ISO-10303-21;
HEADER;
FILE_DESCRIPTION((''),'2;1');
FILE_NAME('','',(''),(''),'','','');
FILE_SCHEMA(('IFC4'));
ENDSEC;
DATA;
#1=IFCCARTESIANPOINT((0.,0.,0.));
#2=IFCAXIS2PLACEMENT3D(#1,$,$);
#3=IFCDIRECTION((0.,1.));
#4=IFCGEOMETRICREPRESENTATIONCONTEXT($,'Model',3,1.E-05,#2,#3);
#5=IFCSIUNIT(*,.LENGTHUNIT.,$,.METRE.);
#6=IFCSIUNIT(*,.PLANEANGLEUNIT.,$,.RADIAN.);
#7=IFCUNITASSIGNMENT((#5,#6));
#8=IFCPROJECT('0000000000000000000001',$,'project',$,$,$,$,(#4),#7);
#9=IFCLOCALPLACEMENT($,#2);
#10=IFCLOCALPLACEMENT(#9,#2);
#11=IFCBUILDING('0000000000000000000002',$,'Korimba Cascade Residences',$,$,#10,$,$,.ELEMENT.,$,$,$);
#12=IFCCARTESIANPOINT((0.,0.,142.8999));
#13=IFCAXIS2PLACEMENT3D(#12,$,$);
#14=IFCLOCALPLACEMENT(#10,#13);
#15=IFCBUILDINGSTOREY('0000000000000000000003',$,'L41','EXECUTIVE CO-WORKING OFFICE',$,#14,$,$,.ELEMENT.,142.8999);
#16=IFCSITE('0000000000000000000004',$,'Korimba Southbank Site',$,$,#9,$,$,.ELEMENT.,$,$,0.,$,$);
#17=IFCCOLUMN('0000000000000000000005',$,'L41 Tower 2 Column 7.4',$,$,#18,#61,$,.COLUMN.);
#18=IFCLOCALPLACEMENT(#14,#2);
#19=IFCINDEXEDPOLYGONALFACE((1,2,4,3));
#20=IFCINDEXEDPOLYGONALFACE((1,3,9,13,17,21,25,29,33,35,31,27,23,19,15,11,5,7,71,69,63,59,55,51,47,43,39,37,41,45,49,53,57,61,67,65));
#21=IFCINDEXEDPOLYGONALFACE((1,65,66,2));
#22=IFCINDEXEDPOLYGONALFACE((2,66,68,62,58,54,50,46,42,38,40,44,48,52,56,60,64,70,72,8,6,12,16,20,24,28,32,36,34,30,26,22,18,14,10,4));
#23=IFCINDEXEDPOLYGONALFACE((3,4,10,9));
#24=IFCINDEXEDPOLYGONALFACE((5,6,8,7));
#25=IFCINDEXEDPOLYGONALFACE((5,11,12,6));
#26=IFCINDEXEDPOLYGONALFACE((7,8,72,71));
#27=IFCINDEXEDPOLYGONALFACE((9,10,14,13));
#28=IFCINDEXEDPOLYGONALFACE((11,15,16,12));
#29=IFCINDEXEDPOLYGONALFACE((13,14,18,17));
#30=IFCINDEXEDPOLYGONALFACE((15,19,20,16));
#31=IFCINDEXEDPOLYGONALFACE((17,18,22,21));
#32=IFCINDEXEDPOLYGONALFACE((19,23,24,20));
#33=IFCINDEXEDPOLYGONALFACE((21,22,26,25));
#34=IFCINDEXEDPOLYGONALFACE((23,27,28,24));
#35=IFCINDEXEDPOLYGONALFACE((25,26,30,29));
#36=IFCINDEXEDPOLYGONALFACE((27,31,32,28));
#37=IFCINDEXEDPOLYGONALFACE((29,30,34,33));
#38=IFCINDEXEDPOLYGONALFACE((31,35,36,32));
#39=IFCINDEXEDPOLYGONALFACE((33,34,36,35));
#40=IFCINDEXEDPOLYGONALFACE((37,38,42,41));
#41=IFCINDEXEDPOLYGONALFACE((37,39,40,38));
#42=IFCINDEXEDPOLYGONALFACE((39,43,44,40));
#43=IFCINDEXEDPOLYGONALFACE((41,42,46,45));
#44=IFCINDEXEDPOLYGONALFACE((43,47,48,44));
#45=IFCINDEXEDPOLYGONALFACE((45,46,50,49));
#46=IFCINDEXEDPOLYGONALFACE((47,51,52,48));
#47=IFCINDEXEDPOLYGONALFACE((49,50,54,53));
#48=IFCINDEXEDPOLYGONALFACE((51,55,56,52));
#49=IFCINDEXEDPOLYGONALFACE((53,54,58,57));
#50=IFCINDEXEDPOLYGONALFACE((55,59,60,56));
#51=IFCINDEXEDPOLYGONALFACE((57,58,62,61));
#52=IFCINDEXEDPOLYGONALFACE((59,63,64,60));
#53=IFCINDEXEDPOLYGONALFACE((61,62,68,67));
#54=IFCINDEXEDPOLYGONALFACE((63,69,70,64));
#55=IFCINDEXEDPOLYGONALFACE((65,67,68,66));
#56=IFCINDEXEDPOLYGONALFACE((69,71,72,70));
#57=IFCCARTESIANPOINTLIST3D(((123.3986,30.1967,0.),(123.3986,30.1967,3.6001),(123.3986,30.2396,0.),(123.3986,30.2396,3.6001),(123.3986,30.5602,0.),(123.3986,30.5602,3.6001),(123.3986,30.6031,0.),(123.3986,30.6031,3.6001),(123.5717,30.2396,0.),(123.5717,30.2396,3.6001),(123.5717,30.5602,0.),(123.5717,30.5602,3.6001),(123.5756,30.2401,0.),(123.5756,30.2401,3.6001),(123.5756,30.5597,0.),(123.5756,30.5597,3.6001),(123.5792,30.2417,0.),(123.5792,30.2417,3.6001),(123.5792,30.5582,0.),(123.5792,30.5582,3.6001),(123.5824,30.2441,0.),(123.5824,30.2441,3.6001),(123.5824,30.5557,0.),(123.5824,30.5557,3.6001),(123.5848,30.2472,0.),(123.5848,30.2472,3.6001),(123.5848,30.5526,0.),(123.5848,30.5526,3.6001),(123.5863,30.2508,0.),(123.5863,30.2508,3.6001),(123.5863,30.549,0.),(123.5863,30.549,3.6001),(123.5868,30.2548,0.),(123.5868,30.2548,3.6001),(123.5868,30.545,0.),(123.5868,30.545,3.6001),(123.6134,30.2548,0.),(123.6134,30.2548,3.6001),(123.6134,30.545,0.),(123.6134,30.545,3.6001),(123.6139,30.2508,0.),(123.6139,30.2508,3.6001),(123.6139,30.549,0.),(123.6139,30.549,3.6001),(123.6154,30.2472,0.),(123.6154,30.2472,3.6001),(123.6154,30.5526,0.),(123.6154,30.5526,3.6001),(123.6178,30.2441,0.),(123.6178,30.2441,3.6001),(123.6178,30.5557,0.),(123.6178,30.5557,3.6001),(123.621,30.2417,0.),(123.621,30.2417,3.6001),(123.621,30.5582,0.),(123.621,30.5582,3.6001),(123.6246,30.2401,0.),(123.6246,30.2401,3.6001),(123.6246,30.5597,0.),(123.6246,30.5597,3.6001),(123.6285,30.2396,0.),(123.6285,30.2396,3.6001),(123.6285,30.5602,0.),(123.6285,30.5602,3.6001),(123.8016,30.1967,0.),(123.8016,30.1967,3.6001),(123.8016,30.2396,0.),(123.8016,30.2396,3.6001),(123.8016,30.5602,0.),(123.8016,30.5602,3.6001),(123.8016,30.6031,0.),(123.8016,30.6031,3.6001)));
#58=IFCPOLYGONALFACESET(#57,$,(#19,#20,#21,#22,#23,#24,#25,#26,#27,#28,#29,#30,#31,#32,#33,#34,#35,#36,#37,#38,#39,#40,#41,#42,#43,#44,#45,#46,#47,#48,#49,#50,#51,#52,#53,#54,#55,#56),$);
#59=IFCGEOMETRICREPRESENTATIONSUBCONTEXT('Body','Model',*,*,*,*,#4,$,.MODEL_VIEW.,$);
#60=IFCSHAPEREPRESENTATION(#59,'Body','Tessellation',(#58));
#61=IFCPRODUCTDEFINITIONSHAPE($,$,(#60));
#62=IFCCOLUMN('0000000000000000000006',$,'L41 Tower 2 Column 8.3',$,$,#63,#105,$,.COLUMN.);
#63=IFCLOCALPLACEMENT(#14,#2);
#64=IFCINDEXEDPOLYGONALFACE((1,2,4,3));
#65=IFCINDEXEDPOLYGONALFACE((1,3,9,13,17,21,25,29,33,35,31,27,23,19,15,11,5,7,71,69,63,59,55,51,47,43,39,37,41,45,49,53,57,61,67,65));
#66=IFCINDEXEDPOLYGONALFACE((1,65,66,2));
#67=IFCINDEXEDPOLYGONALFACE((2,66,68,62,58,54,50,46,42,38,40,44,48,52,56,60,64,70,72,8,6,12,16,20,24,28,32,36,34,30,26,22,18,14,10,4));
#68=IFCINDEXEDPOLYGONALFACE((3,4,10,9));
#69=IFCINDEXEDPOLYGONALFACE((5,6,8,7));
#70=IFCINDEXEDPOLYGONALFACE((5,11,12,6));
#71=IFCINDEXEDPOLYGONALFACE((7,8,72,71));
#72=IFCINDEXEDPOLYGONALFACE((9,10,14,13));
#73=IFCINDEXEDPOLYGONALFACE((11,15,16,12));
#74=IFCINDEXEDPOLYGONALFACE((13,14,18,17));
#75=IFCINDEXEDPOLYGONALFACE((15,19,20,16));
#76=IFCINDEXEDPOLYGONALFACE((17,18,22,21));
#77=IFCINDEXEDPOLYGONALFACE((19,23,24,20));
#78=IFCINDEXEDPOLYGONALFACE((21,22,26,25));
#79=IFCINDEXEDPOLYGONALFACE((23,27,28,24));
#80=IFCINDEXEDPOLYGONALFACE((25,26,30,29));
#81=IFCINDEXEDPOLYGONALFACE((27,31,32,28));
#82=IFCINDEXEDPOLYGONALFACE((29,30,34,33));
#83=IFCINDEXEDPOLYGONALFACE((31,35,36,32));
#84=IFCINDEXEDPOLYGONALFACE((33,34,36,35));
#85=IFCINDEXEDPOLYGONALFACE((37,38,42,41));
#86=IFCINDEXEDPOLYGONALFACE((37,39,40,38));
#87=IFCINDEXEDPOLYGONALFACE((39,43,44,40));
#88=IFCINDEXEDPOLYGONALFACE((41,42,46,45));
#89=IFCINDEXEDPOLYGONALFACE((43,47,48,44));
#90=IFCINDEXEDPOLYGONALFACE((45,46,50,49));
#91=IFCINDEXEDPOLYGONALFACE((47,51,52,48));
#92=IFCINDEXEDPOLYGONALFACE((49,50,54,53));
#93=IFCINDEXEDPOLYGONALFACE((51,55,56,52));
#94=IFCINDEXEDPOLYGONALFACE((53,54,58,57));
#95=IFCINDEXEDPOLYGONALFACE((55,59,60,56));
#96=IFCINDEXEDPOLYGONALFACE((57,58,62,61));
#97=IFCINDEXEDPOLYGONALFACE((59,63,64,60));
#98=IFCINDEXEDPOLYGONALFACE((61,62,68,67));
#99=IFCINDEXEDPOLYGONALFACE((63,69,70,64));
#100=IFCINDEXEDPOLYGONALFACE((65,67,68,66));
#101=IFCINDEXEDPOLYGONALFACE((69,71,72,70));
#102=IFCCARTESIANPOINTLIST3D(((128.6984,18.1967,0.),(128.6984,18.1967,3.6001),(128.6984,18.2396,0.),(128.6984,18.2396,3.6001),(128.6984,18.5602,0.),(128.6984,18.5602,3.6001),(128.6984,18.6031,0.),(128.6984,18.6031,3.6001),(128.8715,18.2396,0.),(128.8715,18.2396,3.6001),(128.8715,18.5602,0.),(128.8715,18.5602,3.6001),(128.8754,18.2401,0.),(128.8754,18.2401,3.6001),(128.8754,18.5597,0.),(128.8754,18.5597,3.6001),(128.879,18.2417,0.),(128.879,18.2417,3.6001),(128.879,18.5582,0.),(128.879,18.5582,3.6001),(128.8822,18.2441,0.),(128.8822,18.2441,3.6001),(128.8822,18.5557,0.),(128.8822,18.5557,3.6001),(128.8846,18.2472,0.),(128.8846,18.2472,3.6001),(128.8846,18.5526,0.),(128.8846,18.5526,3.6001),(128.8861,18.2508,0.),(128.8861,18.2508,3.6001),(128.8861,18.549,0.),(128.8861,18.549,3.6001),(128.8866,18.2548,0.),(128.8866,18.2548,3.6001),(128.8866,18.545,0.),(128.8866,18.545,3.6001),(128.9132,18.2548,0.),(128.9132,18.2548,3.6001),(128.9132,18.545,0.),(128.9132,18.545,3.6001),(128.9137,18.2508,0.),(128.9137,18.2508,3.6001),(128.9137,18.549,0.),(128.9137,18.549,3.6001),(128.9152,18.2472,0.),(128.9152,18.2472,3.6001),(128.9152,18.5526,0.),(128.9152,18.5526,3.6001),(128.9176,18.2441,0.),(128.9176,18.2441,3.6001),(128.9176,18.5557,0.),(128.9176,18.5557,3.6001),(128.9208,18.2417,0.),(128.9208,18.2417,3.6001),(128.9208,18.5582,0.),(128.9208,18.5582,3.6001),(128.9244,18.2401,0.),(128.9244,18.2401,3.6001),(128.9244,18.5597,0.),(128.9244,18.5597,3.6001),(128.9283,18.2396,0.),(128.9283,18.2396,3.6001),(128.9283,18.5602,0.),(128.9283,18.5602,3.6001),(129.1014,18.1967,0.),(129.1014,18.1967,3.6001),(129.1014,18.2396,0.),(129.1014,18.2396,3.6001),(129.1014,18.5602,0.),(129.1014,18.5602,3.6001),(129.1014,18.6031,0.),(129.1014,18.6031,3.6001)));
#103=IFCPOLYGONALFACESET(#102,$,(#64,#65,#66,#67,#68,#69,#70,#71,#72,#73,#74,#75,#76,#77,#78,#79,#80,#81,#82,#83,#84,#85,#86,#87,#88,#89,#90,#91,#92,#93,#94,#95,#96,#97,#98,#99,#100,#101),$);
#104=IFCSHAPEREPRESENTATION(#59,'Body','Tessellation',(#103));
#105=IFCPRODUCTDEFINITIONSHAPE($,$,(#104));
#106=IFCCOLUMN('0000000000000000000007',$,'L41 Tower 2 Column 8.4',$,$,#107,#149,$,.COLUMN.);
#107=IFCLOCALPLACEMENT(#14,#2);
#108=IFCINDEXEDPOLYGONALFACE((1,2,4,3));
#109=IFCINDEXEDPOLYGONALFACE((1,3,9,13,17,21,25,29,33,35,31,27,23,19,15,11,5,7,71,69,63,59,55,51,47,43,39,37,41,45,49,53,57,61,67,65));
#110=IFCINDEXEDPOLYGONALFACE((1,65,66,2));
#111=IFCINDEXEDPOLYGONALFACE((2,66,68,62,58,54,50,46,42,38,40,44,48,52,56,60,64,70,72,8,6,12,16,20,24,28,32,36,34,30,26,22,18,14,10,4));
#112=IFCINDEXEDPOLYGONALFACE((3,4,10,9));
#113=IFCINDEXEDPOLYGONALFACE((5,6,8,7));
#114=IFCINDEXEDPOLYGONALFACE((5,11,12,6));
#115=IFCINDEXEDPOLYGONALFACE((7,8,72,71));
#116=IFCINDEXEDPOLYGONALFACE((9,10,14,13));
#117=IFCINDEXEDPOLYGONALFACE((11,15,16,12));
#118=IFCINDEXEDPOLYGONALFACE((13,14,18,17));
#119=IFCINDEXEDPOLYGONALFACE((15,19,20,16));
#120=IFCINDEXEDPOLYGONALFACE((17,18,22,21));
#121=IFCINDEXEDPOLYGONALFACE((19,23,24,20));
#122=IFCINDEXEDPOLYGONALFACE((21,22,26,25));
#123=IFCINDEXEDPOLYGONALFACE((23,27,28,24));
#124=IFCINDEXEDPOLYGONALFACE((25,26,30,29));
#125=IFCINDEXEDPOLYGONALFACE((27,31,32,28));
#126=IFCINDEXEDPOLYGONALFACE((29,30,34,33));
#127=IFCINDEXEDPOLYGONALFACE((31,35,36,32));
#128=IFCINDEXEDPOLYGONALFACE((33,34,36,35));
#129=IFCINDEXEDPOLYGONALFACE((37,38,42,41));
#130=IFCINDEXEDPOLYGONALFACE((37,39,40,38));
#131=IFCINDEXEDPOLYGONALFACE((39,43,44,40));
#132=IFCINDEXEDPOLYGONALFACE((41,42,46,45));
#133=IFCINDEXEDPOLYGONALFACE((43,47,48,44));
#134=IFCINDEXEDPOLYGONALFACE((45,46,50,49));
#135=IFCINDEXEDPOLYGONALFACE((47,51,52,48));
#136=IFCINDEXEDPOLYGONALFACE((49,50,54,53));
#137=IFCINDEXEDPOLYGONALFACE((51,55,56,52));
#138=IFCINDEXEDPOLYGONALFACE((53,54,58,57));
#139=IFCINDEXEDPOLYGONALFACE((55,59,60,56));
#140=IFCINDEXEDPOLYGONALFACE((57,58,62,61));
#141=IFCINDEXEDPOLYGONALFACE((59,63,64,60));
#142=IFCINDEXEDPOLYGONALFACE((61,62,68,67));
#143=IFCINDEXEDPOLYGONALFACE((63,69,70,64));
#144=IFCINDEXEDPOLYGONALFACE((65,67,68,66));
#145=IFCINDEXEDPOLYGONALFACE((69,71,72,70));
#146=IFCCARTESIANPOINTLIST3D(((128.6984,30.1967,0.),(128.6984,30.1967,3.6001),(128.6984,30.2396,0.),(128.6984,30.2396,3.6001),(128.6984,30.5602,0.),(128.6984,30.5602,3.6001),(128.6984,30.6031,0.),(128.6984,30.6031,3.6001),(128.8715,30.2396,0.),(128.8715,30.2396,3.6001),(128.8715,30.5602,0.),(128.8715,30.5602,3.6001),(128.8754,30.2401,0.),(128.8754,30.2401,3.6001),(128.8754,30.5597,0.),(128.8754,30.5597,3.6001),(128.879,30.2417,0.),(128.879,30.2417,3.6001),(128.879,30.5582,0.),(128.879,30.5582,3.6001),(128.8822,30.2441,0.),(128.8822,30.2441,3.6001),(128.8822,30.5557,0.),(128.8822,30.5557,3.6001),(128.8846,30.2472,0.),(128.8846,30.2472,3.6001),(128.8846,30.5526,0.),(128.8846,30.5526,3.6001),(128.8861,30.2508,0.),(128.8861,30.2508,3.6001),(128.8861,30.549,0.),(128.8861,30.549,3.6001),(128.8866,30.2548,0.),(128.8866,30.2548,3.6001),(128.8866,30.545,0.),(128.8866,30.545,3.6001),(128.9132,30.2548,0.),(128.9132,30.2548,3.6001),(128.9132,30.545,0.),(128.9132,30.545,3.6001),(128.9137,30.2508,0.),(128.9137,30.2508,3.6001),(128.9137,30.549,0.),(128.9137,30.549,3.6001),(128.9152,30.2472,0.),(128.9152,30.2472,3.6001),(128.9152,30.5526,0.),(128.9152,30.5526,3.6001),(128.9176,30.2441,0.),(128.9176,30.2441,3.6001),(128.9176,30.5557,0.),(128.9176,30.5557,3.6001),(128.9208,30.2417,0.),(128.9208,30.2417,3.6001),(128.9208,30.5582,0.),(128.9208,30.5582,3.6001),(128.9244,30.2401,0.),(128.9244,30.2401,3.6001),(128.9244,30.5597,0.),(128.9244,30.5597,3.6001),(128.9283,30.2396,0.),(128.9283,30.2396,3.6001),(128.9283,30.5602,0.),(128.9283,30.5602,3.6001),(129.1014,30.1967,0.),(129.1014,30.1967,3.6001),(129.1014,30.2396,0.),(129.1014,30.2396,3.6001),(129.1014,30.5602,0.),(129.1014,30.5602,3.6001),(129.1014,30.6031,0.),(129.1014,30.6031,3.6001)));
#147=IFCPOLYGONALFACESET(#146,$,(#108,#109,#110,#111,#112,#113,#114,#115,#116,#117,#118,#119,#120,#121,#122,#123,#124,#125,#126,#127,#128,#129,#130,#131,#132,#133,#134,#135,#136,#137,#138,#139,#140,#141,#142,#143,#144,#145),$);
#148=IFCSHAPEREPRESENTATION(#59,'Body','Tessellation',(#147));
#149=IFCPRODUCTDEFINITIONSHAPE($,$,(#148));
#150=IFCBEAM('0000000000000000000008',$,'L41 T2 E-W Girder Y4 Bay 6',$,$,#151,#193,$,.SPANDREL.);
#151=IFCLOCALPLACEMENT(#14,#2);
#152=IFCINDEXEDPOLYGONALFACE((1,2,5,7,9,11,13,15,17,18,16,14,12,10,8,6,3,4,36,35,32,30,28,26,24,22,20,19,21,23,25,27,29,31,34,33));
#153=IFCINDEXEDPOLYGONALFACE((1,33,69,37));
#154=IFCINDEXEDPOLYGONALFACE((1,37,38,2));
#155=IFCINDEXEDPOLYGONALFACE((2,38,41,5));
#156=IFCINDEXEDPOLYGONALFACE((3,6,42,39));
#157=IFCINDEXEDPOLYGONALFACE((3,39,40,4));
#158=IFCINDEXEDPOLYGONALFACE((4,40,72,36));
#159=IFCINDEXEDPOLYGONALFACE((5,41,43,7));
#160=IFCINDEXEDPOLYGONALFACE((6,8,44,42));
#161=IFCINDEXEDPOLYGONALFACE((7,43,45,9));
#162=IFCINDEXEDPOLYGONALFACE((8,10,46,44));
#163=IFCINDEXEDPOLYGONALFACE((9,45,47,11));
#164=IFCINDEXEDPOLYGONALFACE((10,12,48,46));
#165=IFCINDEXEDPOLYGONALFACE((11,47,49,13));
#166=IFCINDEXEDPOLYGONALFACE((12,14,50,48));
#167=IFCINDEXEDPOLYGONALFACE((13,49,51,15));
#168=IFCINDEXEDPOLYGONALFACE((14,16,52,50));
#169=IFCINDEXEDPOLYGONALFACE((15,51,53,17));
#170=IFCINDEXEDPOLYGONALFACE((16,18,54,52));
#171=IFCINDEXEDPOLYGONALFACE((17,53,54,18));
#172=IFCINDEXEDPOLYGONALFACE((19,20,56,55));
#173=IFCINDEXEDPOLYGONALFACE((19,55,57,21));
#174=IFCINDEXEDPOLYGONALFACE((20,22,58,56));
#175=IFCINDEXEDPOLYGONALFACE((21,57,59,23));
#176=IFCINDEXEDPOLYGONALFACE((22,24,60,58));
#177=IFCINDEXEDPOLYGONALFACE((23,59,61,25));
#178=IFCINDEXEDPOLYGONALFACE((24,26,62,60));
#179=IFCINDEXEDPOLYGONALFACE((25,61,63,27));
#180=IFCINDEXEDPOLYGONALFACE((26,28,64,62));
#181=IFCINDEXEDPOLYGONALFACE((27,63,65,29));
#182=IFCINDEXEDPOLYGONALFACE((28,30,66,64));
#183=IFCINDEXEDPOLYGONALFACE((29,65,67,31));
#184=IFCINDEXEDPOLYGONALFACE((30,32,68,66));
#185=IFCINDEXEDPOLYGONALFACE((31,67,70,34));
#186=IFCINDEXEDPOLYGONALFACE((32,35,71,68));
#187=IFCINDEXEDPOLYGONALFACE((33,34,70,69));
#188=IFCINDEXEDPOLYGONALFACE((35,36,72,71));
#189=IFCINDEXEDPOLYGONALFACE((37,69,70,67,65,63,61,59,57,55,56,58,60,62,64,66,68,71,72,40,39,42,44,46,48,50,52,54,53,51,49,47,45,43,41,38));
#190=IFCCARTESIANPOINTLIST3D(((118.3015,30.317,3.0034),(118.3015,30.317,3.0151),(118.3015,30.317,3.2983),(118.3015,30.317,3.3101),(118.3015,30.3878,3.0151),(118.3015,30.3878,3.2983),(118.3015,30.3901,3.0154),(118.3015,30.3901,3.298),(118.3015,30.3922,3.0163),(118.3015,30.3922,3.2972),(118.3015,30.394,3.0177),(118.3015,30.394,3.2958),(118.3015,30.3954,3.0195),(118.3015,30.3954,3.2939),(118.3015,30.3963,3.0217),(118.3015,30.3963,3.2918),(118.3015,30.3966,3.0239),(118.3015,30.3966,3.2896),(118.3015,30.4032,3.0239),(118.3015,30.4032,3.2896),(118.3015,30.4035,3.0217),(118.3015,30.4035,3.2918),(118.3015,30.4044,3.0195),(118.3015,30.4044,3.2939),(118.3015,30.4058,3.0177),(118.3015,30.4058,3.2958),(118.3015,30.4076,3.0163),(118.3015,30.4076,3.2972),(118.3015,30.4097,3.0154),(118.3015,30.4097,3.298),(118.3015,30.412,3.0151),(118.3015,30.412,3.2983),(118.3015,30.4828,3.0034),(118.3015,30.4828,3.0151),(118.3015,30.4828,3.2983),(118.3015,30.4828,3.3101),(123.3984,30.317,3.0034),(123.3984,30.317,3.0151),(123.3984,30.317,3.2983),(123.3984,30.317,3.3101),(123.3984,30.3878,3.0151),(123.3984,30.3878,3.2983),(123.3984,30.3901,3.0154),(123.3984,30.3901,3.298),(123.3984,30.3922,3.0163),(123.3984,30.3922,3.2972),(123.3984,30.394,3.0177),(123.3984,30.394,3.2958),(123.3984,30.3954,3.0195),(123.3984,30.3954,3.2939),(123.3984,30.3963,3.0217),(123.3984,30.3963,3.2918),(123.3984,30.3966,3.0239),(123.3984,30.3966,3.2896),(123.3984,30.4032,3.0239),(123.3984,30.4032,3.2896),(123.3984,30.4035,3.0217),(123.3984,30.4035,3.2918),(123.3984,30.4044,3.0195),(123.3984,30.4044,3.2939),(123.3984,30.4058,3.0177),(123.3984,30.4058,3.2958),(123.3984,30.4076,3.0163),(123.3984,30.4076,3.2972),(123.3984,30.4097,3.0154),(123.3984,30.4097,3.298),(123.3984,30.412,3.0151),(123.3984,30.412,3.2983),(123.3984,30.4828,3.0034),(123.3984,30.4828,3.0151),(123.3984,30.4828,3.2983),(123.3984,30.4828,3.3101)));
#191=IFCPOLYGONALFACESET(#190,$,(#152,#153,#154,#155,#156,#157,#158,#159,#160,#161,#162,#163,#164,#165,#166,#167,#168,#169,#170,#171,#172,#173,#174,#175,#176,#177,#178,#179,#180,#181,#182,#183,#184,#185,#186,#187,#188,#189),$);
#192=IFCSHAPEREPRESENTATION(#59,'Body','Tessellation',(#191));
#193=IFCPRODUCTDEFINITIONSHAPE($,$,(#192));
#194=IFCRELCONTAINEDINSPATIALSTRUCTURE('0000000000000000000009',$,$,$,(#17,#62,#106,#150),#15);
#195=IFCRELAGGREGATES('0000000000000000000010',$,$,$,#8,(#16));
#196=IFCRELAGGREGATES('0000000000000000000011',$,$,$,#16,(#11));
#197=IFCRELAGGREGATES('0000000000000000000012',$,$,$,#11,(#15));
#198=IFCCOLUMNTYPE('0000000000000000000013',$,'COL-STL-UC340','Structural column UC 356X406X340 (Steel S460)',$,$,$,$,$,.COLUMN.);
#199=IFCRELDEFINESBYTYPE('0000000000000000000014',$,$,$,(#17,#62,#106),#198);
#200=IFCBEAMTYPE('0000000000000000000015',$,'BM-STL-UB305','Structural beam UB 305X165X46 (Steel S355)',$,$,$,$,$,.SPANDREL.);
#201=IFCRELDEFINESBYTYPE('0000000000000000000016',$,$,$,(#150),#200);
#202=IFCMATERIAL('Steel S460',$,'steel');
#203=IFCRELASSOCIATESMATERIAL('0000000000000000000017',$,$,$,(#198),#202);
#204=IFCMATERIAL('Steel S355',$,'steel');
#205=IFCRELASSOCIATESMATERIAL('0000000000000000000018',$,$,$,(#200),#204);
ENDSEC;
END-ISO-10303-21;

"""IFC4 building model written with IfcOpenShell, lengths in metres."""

from ifc_helpers import new_model, si_unit, direction, frame, origin, origin_2d, place, context, subcontext, project, spatial, i_section, extrude, material, material_profile, profile_set, type_object, element, save


model = new_model("IFC4")

# Units and contexts
model_context = context("Model", 3, precision=1e-05, world=origin(), true_north=direction((0.0, 1.0)))
body_context = subcontext(model_context, "Body", "Model", "MODEL_VIEW")
ifc_project = project(units=[si_unit("LENGTHUNIT", "METRE"), si_unit("PLANEANGLEUNIT", "RADIAN")], contexts=[model_context])

# Site, building, storey
site_placement = place(None, origin())
site = spatial("IfcSite", under=ifc_project, at=site_placement, Name="Korimba Southbank Site", CompositionType="ELEMENT", RefElevation=0.0)
building_placement = place(site_placement, origin())
building = spatial("IfcBuilding", under=site, at=building_placement, Name="Korimba Cascade Residences", CompositionType="ELEMENT")
storey_placement = place(building_placement, frame((0.0, 0.0, 142.8999)))
storey = spatial("IfcBuildingStorey", under=building, at=storey_placement, Name="L41", Description="EXECUTIVE CO-WORKING OFFICE", CompositionType="ELEMENT", Elevation=142.8999)

# Columns
ifc_material_1 = material(Name="Steel S460", Category="steel")
ifc_material_profile_1 = material_profile(ifc_material_1, i_section(OverallWidth=0.4031, OverallDepth=0.4065, WebThickness=0.0266, FlangeThickness=0.043, FilletRadius=0.0151, at=origin_2d()), Name="Steel S460")
ifc_profile_set_1 = profile_set([ifc_material_profile_1], Name="Steel S460")
column_type = type_object("IfcColumnType", Name="COL-STL-UC340", Description="Structural column UC 356X406X340 (Steel S460)", PredefinedType="COLUMN", material=ifc_profile_set_1)
for number, where, z_axis, x_axis, name in (
    (1, (123.6001, 30.3999, 0.0), (0.0, 0.0, 1.0), (1.0, 0.0, 0.0), "L41 Tower 2 Column 7.4"),
    (2, (128.8999, 18.3999, 0.0), (0.0, 0.0, 1.0), (1.0, 0.0, 0.0), "L41 Tower 2 Column 8.3"),
    (3, (128.8999, 30.3999, 0.0), (0.0, 0.0, 1.0), (1.0, 0.0, 0.0), "L41 Tower 2 Column 8.4"),
):
    element("IfcColumn", number, at=place(storey_placement, frame(where, z_axis=z_axis, x_axis=x_axis)), inside=storey, type_object=column_type, Name=name, PredefinedType="COLUMN", context=body_context, shape_type="SweptSolid", body=[
        extrude(i_section(OverallWidth=0.4031, OverallDepth=0.4065, WebThickness=0.0266, FlangeThickness=0.043, FilletRadius=0.0151, at=origin_2d()), origin(), (0.0, 0.0, 1.0), 3.6001),
    ])

# Beam
ifc_material_2 = material(Name="Steel S355", Category="steel")
ifc_material_profile_2 = material_profile(ifc_material_2, i_section(OverallWidth=0.1658, OverallDepth=0.3066, WebThickness=0.0066, FlangeThickness=0.0117, FilletRadius=0.0088, at=origin_2d()), Name="Steel S355")
ifc_profile_set_2 = profile_set([ifc_material_profile_2], Name="Steel S355")
beam_type_1 = type_object("IfcBeamType", Name="BM-STL-UB305", Description="Structural beam UB 305X165X46 (Steel S355)", PredefinedType="SPANDREL", material=ifc_profile_set_2)
beam_1_placement = place(storey_placement, frame((118.3015, 30.3999, 3.1567), z_axis=(1.0, 0.0, 0.0), x_axis=(0.0, 1.0, 0.0)))
element("IfcBeam", 4, at=beam_1_placement, inside=storey, type_object=beam_type_1, Name="L41 T2 E-W Girder Y4 Bay 6", PredefinedType="SPANDREL", context=body_context, shape_type="SweptSolid", body=[
    extrude(i_section(OverallWidth=0.1658, OverallDepth=0.3066, WebThickness=0.0066, FlangeThickness=0.0117, FilletRadius=0.0088, at=origin_2d()), origin(), (0.0, 0.0, 1.0), 5.0969),
])

save(model, "model.ifc")
